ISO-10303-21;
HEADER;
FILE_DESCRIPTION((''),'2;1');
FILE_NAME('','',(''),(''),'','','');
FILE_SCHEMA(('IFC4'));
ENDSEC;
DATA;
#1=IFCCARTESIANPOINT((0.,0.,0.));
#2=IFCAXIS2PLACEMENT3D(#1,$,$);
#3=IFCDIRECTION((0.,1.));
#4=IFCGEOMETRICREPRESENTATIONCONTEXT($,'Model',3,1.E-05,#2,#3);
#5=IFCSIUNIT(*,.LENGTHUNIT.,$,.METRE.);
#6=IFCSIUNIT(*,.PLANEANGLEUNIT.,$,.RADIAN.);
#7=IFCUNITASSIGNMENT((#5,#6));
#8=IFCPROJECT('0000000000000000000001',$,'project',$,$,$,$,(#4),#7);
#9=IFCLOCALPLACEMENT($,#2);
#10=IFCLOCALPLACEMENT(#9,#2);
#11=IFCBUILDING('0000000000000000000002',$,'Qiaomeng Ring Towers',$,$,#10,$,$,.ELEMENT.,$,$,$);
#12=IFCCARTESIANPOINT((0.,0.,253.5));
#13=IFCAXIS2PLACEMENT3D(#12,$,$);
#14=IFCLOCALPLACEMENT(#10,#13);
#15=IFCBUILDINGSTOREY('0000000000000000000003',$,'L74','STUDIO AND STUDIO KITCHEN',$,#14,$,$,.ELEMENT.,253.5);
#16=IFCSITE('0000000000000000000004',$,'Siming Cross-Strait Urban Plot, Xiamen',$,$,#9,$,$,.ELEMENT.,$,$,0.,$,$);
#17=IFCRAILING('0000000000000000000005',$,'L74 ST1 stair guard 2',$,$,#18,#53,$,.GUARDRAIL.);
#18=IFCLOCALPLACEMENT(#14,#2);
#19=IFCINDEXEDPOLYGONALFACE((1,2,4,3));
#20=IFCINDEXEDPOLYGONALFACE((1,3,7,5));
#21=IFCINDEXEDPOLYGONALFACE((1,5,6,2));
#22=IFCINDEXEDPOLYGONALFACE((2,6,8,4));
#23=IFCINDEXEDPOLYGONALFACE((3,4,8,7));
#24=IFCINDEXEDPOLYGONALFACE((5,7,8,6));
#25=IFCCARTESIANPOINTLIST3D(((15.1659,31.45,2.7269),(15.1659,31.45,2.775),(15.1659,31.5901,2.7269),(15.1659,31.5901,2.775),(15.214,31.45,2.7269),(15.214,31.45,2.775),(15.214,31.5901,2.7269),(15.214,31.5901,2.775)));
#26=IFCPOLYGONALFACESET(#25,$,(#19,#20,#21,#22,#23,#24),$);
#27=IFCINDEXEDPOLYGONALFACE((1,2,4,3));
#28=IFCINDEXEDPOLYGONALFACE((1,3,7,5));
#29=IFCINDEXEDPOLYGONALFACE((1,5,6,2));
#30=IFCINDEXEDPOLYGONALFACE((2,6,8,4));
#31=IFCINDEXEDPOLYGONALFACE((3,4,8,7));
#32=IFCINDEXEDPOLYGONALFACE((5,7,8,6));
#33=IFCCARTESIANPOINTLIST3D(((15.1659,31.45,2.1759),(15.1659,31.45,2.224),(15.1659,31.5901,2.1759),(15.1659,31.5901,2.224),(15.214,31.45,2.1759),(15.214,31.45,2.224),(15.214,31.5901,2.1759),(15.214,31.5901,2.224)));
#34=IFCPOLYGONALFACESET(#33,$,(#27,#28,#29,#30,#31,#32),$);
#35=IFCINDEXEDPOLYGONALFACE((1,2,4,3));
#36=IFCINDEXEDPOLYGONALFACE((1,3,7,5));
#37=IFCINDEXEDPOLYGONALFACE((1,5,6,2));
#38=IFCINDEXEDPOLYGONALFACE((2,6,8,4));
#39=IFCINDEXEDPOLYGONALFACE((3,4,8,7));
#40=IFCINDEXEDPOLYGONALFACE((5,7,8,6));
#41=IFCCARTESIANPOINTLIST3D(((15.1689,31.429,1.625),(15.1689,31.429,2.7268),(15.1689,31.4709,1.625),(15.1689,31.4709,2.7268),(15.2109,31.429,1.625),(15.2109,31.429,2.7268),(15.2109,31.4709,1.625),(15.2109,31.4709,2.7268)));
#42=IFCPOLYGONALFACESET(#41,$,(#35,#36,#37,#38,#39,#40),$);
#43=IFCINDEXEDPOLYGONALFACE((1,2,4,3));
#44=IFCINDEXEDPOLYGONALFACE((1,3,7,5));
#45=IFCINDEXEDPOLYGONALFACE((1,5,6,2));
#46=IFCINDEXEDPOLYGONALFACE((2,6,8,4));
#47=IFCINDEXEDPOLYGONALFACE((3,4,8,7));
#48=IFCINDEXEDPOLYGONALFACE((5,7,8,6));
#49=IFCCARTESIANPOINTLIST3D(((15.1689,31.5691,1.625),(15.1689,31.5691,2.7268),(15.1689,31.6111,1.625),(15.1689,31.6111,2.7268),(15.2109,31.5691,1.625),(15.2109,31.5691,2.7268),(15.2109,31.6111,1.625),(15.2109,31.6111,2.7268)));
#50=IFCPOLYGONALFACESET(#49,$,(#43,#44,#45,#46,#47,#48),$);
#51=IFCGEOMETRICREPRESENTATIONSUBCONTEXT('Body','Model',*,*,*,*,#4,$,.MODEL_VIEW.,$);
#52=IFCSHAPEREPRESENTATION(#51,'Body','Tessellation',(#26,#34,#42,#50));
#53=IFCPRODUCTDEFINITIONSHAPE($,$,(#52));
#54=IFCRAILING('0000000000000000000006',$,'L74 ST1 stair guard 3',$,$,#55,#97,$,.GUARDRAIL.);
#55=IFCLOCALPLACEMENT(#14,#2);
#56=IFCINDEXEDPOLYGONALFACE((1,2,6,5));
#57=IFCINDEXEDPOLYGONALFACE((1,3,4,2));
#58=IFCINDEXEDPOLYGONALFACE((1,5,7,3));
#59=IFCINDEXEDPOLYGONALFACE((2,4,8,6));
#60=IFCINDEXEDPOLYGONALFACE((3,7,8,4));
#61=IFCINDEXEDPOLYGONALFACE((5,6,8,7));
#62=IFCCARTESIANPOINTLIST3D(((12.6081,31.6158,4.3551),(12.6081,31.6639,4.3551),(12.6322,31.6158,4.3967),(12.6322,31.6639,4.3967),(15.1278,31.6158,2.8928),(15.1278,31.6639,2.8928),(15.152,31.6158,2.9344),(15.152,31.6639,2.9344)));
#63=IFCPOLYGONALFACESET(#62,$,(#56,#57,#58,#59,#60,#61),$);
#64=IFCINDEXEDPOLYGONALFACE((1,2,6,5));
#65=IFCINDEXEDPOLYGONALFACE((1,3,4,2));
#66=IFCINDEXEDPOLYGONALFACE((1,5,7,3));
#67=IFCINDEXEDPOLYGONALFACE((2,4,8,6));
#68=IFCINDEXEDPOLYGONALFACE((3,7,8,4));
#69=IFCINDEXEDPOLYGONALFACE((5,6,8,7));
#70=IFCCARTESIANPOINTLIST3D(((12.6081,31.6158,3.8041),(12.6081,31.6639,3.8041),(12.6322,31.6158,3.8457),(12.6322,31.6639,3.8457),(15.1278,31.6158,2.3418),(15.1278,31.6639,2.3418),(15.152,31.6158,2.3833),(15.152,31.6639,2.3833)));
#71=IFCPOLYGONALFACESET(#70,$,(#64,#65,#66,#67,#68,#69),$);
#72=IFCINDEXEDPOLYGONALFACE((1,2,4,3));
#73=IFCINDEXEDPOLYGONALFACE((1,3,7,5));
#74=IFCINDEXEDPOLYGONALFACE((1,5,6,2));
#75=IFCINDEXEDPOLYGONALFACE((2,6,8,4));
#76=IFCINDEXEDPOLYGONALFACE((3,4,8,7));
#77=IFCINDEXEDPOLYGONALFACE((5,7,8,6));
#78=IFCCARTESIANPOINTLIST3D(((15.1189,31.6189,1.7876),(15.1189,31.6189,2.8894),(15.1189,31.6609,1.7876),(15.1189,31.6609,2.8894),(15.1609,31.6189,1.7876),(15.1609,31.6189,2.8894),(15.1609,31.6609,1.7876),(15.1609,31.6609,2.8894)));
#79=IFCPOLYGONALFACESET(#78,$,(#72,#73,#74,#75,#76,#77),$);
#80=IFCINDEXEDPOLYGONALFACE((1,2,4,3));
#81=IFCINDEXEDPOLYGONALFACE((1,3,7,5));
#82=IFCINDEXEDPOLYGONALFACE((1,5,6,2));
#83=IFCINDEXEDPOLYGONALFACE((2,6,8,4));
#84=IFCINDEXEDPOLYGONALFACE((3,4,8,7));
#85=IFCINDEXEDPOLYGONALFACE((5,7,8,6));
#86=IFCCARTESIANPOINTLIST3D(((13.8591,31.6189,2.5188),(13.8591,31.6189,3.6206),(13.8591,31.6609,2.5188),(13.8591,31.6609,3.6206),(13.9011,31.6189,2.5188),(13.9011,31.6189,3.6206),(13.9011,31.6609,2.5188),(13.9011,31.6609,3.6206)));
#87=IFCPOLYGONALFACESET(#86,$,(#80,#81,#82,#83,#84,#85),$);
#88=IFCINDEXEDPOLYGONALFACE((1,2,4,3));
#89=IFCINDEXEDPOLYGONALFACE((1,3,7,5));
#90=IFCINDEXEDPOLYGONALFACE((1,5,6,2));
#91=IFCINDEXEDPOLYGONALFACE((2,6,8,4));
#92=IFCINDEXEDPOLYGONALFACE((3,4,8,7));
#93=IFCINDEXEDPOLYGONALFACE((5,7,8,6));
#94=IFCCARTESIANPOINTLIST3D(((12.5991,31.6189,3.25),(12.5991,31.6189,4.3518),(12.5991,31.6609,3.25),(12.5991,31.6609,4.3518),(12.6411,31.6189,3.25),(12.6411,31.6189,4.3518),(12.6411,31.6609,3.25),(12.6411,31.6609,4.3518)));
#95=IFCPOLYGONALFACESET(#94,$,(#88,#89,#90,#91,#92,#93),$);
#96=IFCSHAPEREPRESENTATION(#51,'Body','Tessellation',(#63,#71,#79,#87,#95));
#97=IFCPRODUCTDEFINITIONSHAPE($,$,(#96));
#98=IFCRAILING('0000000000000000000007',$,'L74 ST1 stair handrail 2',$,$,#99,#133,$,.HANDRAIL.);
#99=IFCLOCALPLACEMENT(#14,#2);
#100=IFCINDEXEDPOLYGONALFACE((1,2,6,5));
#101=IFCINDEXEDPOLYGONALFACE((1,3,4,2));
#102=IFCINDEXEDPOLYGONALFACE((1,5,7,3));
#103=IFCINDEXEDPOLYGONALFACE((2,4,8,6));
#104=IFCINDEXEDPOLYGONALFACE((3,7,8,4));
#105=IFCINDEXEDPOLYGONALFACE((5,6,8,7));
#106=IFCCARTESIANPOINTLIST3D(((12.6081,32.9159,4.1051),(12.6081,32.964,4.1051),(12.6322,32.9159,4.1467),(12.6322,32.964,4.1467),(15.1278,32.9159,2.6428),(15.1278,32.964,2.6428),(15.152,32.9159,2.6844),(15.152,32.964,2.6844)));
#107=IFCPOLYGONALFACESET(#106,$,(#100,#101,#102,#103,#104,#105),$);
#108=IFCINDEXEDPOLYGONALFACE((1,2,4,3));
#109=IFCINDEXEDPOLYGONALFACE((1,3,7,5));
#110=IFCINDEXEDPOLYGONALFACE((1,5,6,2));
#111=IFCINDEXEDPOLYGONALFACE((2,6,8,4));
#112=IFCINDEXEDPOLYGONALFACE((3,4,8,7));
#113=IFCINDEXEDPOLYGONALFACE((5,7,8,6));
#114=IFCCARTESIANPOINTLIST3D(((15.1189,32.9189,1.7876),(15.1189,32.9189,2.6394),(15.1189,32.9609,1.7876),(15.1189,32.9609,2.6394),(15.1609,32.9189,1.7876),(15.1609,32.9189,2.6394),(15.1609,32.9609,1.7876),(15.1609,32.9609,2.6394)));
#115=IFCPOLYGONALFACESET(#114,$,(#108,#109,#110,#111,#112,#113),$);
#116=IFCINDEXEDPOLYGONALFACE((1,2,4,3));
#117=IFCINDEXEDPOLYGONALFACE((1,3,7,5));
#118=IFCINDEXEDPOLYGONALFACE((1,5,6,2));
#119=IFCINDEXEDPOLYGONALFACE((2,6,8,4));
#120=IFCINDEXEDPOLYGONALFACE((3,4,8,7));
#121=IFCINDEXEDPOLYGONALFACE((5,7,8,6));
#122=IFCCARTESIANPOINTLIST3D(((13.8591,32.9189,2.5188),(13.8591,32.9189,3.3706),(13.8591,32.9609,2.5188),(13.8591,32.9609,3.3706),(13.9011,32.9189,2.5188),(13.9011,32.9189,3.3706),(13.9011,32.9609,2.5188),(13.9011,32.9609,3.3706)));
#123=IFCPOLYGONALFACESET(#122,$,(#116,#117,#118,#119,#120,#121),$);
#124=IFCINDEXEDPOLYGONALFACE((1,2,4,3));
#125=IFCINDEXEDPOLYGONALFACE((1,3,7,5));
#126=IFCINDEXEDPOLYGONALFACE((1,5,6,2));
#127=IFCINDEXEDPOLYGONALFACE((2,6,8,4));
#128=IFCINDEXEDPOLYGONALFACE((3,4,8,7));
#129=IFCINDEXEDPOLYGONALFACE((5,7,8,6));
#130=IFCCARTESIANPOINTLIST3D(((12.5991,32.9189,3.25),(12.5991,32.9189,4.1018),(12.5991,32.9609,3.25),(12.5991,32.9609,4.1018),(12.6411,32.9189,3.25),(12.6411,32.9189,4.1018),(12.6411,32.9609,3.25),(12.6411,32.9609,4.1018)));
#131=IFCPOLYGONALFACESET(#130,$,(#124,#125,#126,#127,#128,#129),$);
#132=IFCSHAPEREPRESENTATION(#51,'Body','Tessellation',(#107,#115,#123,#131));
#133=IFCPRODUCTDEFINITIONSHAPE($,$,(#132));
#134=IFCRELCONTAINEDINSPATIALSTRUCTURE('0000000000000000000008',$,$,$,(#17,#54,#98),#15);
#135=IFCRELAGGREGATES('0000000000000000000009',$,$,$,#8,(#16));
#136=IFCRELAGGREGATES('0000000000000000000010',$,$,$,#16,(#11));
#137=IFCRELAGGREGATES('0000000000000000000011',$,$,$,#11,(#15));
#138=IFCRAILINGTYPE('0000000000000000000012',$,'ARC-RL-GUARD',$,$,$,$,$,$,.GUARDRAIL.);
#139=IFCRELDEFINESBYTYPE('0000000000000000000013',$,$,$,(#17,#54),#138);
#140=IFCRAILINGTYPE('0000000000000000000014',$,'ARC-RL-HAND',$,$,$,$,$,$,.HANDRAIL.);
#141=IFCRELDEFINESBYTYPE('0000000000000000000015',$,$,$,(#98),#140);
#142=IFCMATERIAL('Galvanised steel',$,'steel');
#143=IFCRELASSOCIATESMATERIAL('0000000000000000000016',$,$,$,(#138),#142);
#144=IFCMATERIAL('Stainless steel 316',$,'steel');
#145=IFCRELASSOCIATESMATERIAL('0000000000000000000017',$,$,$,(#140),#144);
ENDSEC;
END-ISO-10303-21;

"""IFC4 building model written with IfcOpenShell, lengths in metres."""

from ifc_helpers import new_model, si_unit, direction, frame, origin, origin_2d, place, context, subcontext, project, spatial, rectangle, extrude, material, type_object, element, save


model = new_model("IFC4")

# Units and contexts
model_context = context("Model", 3, precision=1e-05, world=origin(), true_north=direction((0.0, 1.0)))
body_context = subcontext(model_context, "Body", "Model", "MODEL_VIEW")
ifc_project = project(units=[si_unit("LENGTHUNIT", "METRE"), si_unit("PLANEANGLEUNIT", "RADIAN")], contexts=[model_context])

# Site, building, storey
site_placement = place(None, origin())
site = spatial("IfcSite", under=ifc_project, at=site_placement, Name="Siming Cross-Strait Urban Plot, Xiamen", CompositionType="ELEMENT", RefElevation=0.0)
building_placement = place(site_placement, origin())
building = spatial("IfcBuilding", under=site, at=building_placement, Name="Qiaomeng Ring Towers", CompositionType="ELEMENT")
storey_placement = place(building_placement, frame((0.0, 0.0, 253.5)))
storey = spatial("IfcBuildingStorey", under=building, at=storey_placement, Name="L74", Description="STUDIO AND STUDIO KITCHEN", CompositionType="ELEMENT", Elevation=253.5)

# Shared definitions
ifc_material_1 = material(Name="Galvanised steel", Category="steel")

# Shared definitions
ifc_material_2 = material(Name="Stainless steel 316", Category="steel")

# Railings
railing_type_1 = type_object("IfcRailingType", Name="ARC-RL-GUARD", PredefinedType="GUARDRAIL", material=ifc_material_1)
railing_1_placement = place(storey_placement, frame((15.1899, 31.45, 1.625)))
element("IfcRailing", 1, at=railing_1_placement, inside=storey, type_object=railing_type_1, Name="L74 ST1 stair guard 2", PredefinedType="GUARDRAIL", context=body_context, shape_type="SweptSolid", body=[
    extrude(rectangle(XDim=0.0481, YDim=0.0481, at=origin_2d()), frame((0.0, 0.0, 1.126), z_axis=(0.0, 1.0, 0.0), x_axis=(-1.0, 0.0, 0.0)), (0.0, 0.0, 1.0), 0.1401),
    extrude(rectangle(XDim=0.0481, YDim=0.0481, at=origin_2d()), frame((0.0, 0.0, 0.575), z_axis=(0.0, 1.0, 0.0), x_axis=(-1.0, 0.0, 0.0)), (0.0, 0.0, 1.0), 0.1401),
    extrude(rectangle(XDim=0.042, YDim=0.042, at=origin_2d()), origin(), (0.0, 0.0, 1.0), 1.1018),
    extrude(rectangle(XDim=0.042, YDim=0.042, at=origin_2d()), frame((0.0, 0.1401, 0.0)), (0.0, 0.0, 1.0), 1.1018),
])
railing_2_placement = place(storey_placement, frame((15.1399, 31.6399, 1.7876)))
element("IfcRailing", 2, at=railing_2_placement, inside=storey, type_object=railing_type_1, Name="L74 ST1 stair guard 3", PredefinedType="GUARDRAIL", context=body_context, shape_type="SweptSolid", body=[
    extrude(rectangle(XDim=0.0481, YDim=0.0481, at=origin_2d()), frame((0.0, 0.0, 1.126), z_axis=(-0.864892, 0.0, 0.501958), x_axis=(0.0, -1.0, 0.0)), (0.0, 0.0, 1.0), 2.9133),
    extrude(rectangle(XDim=0.0481, YDim=0.0481, at=origin_2d()), frame((0.0, 0.0, 0.575), z_axis=(-0.864892, 0.0, 0.501958), x_axis=(0.0, -1.0, 0.0)), (0.0, 0.0, 1.0), 2.9133),
    extrude(rectangle(XDim=0.042, YDim=0.042, at=origin_2d()), origin(), (0.0, 0.0, 1.0), 1.1018),
    extrude(rectangle(XDim=0.042, YDim=0.042, at=origin_2d()), frame((-1.2598, 0.0, 0.7312)), (0.0, 0.0, 1.0), 1.1018),
    extrude(rectangle(XDim=0.042, YDim=0.042, at=origin_2d()), frame((-2.5198, 0.0, 1.4624)), (0.0, 0.0, 1.0), 1.1018),
])
railing_type_2 = type_object("IfcRailingType", Name="ARC-RL-HAND", PredefinedType="HANDRAIL", material=ifc_material_2)
railing_3_placement = place(storey_placement, frame((15.1399, 32.9399, 1.7876)))
element("IfcRailing", 3, at=railing_3_placement, inside=storey, type_object=railing_type_2, Name="L74 ST1 stair handrail 2", PredefinedType="HANDRAIL", context=body_context, shape_type="SweptSolid", body=[
    extrude(rectangle(XDim=0.0481, YDim=0.0481, at=origin_2d()), frame((0.0, 0.0, 0.876), z_axis=(-0.864892, 0.0, 0.501958), x_axis=(0.0, -1.0, 0.0)), (0.0, 0.0, 1.0), 2.9133),
    extrude(rectangle(XDim=0.042, YDim=0.042, at=origin_2d()), origin(), (0.0, 0.0, 1.0), 0.8518),
    extrude(rectangle(XDim=0.042, YDim=0.042, at=origin_2d()), frame((-1.2598, 0.0, 0.7312)), (0.0, 0.0, 1.0), 0.8518),
    extrude(rectangle(XDim=0.042, YDim=0.042, at=origin_2d()), frame((-2.5198, 0.0, 1.4624)), (0.0, 0.0, 1.0), 0.8518),
])

save(model, "model.ifc")
